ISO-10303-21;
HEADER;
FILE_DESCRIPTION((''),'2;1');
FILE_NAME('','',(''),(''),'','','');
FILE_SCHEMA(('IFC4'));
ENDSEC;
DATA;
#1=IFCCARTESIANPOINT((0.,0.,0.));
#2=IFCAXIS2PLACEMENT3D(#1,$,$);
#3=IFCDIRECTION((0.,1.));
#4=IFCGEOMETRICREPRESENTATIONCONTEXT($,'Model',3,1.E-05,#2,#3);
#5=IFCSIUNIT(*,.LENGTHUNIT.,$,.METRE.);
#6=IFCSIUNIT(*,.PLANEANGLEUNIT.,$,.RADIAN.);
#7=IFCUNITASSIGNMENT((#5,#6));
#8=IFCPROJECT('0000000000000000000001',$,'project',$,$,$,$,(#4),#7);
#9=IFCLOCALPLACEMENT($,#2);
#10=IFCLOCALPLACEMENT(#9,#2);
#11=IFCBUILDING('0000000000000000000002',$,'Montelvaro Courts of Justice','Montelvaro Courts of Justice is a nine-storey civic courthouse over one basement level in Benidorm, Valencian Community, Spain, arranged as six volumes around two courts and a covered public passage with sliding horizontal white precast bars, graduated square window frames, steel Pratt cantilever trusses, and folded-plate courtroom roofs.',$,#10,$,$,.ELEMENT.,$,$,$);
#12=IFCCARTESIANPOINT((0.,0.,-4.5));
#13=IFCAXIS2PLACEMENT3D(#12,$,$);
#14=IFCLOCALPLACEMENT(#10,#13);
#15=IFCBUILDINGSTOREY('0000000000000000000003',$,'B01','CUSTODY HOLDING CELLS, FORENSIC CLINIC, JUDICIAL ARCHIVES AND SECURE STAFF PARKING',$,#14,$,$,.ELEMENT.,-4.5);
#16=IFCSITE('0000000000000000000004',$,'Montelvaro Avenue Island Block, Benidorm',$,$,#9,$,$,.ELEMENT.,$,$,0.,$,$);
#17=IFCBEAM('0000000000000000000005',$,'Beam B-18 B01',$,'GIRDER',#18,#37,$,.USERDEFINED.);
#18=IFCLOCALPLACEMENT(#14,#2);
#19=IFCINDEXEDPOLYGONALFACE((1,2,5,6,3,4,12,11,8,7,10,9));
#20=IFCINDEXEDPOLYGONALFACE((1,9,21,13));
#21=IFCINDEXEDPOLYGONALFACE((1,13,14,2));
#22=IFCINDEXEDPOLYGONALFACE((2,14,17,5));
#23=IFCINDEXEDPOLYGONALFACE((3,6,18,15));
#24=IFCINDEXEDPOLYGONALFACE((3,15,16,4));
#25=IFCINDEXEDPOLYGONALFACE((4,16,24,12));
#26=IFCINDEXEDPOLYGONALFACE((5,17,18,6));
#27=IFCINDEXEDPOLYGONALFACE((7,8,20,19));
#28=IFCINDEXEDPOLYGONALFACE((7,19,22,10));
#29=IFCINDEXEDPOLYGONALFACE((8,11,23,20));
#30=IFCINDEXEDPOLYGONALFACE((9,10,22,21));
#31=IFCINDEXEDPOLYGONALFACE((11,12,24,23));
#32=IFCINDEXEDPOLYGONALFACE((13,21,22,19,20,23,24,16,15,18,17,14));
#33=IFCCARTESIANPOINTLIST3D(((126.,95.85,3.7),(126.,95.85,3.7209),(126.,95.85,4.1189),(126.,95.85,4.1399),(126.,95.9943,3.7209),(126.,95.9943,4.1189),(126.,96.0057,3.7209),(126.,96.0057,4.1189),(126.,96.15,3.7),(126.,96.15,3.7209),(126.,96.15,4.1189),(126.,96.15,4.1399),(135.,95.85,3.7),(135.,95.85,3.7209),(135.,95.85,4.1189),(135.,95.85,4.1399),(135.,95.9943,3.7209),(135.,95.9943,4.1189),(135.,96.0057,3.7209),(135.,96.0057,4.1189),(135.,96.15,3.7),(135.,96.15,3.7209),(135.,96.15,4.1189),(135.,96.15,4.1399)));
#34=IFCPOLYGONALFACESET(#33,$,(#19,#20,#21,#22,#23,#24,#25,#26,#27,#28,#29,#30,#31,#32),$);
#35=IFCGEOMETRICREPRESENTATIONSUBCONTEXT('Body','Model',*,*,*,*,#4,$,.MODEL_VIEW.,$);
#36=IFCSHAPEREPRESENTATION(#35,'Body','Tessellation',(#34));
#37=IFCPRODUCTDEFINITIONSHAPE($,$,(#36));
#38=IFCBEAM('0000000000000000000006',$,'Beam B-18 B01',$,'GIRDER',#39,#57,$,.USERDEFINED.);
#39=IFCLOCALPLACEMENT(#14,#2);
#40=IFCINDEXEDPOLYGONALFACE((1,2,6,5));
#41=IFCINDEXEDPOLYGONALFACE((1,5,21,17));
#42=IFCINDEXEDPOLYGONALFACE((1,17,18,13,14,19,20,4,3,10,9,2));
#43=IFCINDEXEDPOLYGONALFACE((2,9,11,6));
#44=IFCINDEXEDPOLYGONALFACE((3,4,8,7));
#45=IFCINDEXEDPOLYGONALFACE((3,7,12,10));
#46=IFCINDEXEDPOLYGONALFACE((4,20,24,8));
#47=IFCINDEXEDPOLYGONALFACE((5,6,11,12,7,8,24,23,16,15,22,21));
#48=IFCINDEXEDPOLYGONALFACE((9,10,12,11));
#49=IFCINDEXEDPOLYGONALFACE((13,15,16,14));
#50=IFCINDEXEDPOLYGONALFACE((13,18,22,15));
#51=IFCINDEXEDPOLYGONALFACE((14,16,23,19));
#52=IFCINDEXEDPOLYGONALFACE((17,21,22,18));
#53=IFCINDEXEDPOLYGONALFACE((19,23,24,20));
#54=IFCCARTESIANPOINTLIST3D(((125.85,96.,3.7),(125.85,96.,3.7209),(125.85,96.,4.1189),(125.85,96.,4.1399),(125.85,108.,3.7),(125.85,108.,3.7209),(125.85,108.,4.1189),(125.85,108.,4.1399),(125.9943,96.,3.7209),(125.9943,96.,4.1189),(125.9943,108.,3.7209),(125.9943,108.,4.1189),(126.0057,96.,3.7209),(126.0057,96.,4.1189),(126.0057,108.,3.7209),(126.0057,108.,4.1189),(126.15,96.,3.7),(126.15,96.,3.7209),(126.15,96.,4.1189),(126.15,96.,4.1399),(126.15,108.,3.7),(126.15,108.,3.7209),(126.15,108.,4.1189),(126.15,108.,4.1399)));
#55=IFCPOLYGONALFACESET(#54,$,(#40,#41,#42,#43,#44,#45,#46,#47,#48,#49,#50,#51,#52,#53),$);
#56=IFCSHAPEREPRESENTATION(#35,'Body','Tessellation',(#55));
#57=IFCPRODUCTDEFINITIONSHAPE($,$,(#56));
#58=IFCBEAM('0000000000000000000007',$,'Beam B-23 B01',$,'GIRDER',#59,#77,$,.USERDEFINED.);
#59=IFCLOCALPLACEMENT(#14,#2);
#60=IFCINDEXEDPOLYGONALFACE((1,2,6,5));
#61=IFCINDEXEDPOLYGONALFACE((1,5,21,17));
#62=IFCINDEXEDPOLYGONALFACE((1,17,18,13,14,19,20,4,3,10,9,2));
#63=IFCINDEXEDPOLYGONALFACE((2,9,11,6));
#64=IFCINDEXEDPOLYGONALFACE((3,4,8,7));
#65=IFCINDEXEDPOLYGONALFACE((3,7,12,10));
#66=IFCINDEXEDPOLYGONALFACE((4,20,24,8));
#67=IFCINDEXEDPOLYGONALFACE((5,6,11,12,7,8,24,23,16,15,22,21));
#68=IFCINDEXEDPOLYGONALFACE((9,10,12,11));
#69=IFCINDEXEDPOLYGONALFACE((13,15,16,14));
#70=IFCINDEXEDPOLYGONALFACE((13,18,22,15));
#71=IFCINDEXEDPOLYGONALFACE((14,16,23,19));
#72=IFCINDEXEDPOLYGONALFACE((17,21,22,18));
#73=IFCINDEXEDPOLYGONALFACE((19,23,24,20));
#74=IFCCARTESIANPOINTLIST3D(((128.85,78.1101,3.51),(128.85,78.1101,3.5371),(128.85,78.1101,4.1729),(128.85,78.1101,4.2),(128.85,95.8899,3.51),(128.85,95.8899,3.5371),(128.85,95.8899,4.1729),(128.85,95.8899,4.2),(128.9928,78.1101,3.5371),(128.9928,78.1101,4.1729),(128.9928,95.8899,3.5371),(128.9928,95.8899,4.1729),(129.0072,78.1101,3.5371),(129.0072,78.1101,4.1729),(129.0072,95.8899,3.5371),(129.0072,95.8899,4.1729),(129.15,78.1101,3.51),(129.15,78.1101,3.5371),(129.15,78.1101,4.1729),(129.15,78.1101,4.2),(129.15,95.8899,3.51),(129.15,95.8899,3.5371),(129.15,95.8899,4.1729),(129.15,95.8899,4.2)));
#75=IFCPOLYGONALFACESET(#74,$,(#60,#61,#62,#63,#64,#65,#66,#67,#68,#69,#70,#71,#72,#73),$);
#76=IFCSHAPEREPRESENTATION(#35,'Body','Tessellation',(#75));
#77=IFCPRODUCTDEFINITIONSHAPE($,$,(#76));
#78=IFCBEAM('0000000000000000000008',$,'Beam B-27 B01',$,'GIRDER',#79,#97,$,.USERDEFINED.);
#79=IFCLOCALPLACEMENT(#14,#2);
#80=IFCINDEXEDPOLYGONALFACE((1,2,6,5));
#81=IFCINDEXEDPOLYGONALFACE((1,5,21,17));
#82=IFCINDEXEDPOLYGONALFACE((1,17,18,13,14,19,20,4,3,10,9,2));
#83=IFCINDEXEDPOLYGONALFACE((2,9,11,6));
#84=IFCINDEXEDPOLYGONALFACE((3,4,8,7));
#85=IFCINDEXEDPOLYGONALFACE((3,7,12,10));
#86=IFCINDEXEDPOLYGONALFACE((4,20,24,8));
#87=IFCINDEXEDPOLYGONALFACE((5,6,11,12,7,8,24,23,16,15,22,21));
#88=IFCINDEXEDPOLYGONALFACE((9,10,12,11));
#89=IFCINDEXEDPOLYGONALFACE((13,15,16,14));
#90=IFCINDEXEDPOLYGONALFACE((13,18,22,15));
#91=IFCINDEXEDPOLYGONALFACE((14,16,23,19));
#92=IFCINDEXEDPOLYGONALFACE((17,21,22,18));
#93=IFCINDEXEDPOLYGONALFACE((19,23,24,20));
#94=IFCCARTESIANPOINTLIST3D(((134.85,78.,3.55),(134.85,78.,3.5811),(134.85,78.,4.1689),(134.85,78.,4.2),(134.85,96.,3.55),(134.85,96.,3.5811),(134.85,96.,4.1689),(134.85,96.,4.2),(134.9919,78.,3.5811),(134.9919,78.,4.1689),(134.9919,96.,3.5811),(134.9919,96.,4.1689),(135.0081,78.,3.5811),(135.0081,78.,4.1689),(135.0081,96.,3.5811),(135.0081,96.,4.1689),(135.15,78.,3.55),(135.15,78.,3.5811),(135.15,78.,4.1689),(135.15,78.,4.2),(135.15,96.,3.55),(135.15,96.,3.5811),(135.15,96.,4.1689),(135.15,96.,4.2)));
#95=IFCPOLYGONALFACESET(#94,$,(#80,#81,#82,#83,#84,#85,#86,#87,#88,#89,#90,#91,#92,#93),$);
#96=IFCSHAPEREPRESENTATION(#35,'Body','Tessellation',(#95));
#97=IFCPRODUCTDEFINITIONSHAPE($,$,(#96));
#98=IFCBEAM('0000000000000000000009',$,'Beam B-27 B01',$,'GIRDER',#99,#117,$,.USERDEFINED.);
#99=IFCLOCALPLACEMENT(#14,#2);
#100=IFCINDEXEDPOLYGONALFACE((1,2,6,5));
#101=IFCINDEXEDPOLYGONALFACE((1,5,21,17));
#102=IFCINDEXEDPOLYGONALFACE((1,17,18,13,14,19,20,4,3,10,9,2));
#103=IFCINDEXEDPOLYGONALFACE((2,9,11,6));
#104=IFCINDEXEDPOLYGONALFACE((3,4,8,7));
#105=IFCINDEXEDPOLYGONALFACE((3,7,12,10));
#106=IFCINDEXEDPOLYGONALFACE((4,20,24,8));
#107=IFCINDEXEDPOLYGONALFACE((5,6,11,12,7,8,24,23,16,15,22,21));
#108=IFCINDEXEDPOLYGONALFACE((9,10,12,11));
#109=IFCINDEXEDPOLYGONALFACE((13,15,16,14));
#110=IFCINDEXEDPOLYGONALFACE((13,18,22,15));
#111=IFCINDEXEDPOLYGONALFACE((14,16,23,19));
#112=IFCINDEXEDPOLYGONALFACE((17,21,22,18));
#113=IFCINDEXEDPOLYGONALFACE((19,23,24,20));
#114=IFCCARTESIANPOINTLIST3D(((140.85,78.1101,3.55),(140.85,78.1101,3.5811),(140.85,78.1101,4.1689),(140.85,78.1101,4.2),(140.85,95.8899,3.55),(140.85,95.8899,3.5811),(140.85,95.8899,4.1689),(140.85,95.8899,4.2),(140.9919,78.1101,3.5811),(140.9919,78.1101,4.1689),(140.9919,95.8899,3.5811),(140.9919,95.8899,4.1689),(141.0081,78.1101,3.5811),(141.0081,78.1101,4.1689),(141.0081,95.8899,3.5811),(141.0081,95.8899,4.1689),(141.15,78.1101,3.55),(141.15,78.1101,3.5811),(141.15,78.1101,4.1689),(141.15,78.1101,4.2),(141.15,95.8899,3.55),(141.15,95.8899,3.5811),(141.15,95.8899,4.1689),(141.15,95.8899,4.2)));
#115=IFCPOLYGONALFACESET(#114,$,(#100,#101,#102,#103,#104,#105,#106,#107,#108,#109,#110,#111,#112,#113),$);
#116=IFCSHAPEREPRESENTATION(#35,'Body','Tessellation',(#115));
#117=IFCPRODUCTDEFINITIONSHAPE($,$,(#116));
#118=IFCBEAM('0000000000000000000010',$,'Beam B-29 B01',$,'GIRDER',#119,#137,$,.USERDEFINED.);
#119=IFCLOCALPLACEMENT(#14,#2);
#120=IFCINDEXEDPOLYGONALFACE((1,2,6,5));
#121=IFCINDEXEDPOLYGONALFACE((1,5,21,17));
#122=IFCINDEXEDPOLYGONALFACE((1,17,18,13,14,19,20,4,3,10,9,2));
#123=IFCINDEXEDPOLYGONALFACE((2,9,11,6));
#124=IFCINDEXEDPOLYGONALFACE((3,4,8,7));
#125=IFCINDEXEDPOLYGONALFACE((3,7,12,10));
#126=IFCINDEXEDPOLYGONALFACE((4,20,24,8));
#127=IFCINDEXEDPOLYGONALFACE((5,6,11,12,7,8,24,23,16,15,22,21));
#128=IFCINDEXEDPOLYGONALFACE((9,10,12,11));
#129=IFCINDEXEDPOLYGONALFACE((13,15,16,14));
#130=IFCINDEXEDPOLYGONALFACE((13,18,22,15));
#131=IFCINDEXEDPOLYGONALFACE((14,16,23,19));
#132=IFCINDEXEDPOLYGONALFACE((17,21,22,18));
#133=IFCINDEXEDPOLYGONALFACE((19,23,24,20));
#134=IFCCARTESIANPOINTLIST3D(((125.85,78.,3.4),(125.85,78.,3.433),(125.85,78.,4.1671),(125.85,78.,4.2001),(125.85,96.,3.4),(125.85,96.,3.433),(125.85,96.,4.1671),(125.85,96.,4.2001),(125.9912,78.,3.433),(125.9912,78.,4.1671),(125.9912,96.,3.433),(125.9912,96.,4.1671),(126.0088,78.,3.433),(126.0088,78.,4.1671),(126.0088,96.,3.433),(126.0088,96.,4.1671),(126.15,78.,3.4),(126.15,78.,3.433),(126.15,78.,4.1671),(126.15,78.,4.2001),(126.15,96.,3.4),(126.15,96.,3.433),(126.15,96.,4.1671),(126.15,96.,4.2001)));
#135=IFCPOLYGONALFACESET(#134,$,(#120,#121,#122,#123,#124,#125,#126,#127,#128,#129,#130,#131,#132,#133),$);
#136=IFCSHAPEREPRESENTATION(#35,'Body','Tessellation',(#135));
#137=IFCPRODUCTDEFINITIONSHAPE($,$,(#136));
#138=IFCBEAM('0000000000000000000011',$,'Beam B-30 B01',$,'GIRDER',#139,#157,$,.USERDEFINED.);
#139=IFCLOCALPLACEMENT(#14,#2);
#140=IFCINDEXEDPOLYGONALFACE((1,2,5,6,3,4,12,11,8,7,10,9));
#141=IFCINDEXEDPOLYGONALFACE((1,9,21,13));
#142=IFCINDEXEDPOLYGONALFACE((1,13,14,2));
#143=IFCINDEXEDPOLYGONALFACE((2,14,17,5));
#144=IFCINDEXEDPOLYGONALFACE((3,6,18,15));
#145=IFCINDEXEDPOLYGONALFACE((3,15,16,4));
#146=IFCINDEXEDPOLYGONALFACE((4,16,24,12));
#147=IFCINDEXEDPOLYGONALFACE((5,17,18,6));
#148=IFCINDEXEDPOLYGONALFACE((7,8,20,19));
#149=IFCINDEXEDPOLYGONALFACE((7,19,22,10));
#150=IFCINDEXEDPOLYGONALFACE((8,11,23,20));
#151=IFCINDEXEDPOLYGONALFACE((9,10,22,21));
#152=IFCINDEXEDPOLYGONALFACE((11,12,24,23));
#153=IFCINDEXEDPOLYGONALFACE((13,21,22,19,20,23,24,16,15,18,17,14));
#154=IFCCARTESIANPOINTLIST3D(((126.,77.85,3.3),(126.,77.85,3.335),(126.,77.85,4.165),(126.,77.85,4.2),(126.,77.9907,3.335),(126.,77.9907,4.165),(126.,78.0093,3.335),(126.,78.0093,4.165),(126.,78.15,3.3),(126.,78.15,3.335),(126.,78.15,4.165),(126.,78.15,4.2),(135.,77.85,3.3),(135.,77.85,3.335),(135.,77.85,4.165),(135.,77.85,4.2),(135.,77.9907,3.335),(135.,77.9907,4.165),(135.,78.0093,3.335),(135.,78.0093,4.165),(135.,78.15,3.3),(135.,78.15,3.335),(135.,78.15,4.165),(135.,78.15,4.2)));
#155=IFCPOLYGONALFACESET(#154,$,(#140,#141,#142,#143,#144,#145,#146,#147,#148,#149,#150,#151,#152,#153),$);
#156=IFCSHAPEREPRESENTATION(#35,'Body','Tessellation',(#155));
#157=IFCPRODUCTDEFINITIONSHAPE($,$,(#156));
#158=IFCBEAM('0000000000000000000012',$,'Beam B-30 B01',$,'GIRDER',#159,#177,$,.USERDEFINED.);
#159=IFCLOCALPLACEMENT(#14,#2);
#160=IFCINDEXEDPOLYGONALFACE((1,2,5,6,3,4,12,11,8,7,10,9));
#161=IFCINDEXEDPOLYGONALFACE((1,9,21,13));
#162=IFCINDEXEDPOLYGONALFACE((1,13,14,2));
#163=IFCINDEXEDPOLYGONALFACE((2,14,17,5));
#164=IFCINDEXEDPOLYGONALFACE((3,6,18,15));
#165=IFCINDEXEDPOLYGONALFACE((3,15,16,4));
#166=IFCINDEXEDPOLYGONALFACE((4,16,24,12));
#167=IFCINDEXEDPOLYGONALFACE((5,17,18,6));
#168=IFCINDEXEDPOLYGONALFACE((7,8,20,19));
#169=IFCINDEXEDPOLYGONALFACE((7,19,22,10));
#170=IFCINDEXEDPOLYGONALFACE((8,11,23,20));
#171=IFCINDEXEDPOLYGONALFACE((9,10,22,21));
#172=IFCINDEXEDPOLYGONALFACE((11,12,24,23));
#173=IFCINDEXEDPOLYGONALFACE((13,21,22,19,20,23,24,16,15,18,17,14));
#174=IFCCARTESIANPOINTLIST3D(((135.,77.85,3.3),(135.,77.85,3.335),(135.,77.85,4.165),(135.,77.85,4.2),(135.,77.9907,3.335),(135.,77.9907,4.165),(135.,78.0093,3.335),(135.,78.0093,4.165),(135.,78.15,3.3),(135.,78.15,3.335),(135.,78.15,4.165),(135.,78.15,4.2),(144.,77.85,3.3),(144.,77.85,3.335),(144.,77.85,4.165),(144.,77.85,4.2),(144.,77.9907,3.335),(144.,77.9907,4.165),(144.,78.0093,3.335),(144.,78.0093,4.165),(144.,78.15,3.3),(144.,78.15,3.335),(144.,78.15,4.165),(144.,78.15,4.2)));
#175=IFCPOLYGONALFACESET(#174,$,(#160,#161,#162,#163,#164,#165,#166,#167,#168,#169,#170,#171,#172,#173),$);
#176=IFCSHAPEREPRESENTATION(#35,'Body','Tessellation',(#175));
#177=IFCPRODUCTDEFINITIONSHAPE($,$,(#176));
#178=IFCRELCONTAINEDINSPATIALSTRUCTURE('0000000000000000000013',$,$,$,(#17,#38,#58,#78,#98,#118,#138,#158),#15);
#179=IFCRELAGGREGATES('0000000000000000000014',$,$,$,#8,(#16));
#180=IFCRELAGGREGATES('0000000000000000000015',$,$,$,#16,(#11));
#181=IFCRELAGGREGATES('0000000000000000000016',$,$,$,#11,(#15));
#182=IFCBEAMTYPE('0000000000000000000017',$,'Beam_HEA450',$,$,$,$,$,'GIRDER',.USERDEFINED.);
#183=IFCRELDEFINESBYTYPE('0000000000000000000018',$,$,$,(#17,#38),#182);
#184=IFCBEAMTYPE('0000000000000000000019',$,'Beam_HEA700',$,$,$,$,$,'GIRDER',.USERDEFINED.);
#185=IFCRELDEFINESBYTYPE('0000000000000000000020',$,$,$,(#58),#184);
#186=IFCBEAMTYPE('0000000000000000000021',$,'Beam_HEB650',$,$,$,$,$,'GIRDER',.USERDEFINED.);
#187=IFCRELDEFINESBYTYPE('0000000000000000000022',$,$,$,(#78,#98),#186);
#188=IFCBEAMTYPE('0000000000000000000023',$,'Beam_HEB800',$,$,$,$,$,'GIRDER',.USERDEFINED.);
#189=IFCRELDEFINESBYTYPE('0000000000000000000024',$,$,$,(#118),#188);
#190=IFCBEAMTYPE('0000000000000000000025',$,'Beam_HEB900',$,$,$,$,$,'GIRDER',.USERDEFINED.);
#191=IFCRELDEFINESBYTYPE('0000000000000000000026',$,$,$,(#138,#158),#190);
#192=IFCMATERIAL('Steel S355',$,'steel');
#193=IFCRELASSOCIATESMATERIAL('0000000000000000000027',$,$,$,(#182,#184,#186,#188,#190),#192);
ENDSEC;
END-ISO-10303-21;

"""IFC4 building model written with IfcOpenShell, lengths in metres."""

from ifc_helpers import new_model, si_unit, direction, frame, origin, origin_2d, place, context, subcontext, project, spatial, i_section, extrude, material, material_profile, profile_set, type_object, element, save


model = new_model("IFC4")

# Units and contexts
model_context = context("Model", 3, precision=1e-05, world=origin(), true_north=direction((0.0, 1.0)))
body_context = subcontext(model_context, "Body", "Model", "MODEL_VIEW")
ifc_project = project(units=[si_unit("LENGTHUNIT", "METRE"), si_unit("PLANEANGLEUNIT", "RADIAN")], contexts=[model_context])

# Site, building, storey
site_placement = place(None, origin())
site = spatial("IfcSite", under=ifc_project, at=site_placement, Name="Montelvaro Avenue Island Block, Benidorm", CompositionType="ELEMENT", RefElevation=0.0)
building_placement = place(site_placement, origin())
building = spatial("IfcBuilding", under=site, at=building_placement, Name="Montelvaro Courts of Justice", Description="Montelvaro Courts of Justice is a nine-storey civic courthouse over one basement level in Benidorm, Valencian Community, Spain, arranged as six volumes around two courts and a covered public passage with sliding horizontal white precast bars, graduated square window frames, steel Pratt cantilever trusses, and folded-plate courtroom roofs.", CompositionType="ELEMENT")
storey_placement = place(building_placement, frame((0.0, 0.0, -4.5)))
storey = spatial("IfcBuildingStorey", under=building, at=storey_placement, Name="B01", Description="CUSTODY HOLDING CELLS, FORENSIC CLINIC, JUDICIAL ARCHIVES AND SECURE STAFF PARKING", CompositionType="ELEMENT", Elevation=-4.5)

# Beams
ifc_material_1 = material(Name="Steel S355", Category="steel")
ifc_material_profile_1 = material_profile(ifc_material_1, i_section(OverallWidth=0.3, OverallDepth=0.4399, WebThickness=0.0115, FlangeThickness=0.021, at=origin_2d()), Name="HEA 450")
ifc_profile_set_1 = profile_set([ifc_material_profile_1], Name="Steel S355")
beam_type_1 = type_object("IfcBeamType", Name="Beam_HEA450", ElementType="GIRDER", PredefinedType="USERDEFINED", material=ifc_profile_set_1)
beam_1_placement = place(storey_placement, frame((126.0, 96.0, 3.9199), z_axis=(1.0, 0.0, 0.0), x_axis=(0.0, 1.0, 0.0)))
element("IfcBeam", 1, at=beam_1_placement, inside=storey, type_object=beam_type_1, Name="Beam B-18 B01", ObjectType="GIRDER", PredefinedType="USERDEFINED", context=body_context, shape_type="SweptSolid", body=[
    extrude(i_section(OverallWidth=0.3, OverallDepth=0.4399, WebThickness=0.0115, FlangeThickness=0.021, at=origin_2d()), origin(), (0.0, 0.0, 1.0), 9.0),
])
beam_2_placement = place(storey_placement, frame((126.0, 96.0, 3.9199), z_axis=(0.0, 1.0, 0.0), x_axis=(-1.0, 0.0, 0.0)))
element("IfcBeam", 2, at=beam_2_placement, inside=storey, type_object=beam_type_1, Name="Beam B-18 B01", ObjectType="GIRDER", PredefinedType="USERDEFINED", context=body_context, shape_type="SweptSolid", body=[
    extrude(i_section(OverallWidth=0.3, OverallDepth=0.4399, WebThickness=0.0115, FlangeThickness=0.021, at=origin_2d()), origin(), (0.0, 0.0, 1.0), 12.0),
])
ifc_material_profile_2 = material_profile(ifc_material_1, i_section(OverallWidth=0.3, OverallDepth=0.6899, WebThickness=0.0144, FlangeThickness=0.0271, at=origin_2d()), Name="HEA 700")
ifc_profile_set_2 = profile_set([ifc_material_profile_2], Name="Steel S355")
beam_type_2 = type_object("IfcBeamType", Name="Beam_HEA700", ElementType="GIRDER", PredefinedType="USERDEFINED", material=ifc_profile_set_2)
beam_3_placement = place(storey_placement, frame((129.0, 78.1101, 3.855), z_axis=(0.0, 1.0, 0.0), x_axis=(-1.0, 0.0, 0.0)))
element("IfcBeam", 3, at=beam_3_placement, inside=storey, type_object=beam_type_2, Name="Beam B-23 B01", ObjectType="GIRDER", PredefinedType="USERDEFINED", context=body_context, shape_type="SweptSolid", body=[
    extrude(i_section(OverallWidth=0.3, OverallDepth=0.6899, WebThickness=0.0144, FlangeThickness=0.0271, at=origin_2d()), origin(), (0.0, 0.0, 1.0), 17.7798),
])
ifc_material_profile_3 = material_profile(ifc_material_1, i_section(OverallWidth=0.3, OverallDepth=0.6499, WebThickness=0.0161, FlangeThickness=0.031, at=origin_2d()), Name="HEB 650")
ifc_profile_set_3 = profile_set([ifc_material_profile_3], Name="Steel S355")
beam_type_3 = type_object("IfcBeamType", Name="Beam_HEB650", ElementType="GIRDER", PredefinedType="USERDEFINED", material=ifc_profile_set_3)
beam_4_placement = place(storey_placement, frame((135.0, 78.0, 3.875), z_axis=(0.0, 1.0, 0.0), x_axis=(-1.0, 0.0, 0.0)))
element("IfcBeam", 4, at=beam_4_placement, inside=storey, type_object=beam_type_3, Name="Beam B-27 B01", ObjectType="GIRDER", PredefinedType="USERDEFINED", context=body_context, shape_type="SweptSolid", body=[
    extrude(i_section(OverallWidth=0.3, OverallDepth=0.6499, WebThickness=0.0161, FlangeThickness=0.031, at=origin_2d()), origin(), (0.0, 0.0, 1.0), 18.0),
])
beam_5_placement = place(storey_placement, frame((141.0, 78.1101, 3.875), z_axis=(0.0, 1.0, 0.0), x_axis=(-1.0, 0.0, 0.0)))
element("IfcBeam", 5, at=beam_5_placement, inside=storey, type_object=beam_type_3, Name="Beam B-27 B01", ObjectType="GIRDER", PredefinedType="USERDEFINED", context=body_context, shape_type="SweptSolid", body=[
    extrude(i_section(OverallWidth=0.3, OverallDepth=0.6499, WebThickness=0.0161, FlangeThickness=0.031, at=origin_2d()), origin(), (0.0, 0.0, 1.0), 17.7798),
])
ifc_material_profile_4 = material_profile(ifc_material_1, i_section(OverallWidth=0.3, OverallDepth=0.8, WebThickness=0.0176, FlangeThickness=0.033, at=origin_2d()), Name="HEB 800")
ifc_profile_set_4 = profile_set([ifc_material_profile_4], Name="Steel S355")
beam_type_4 = type_object("IfcBeamType", Name="Beam_HEB800", ElementType="GIRDER", PredefinedType="USERDEFINED", material=ifc_profile_set_4)
beam_6_placement = place(storey_placement, frame((126.0, 78.0, 3.8), z_axis=(0.0, 1.0, 0.0), x_axis=(-1.0, 0.0, 0.0)))
element("IfcBeam", 6, at=beam_6_placement, inside=storey, type_object=beam_type_4, Name="Beam B-29 B01", ObjectType="GIRDER", PredefinedType="USERDEFINED", context=body_context, shape_type="SweptSolid", body=[
    extrude(i_section(OverallWidth=0.3, OverallDepth=0.8, WebThickness=0.0176, FlangeThickness=0.033, at=origin_2d()), origin(), (0.0, 0.0, 1.0), 18.0),
])
ifc_material_profile_5 = material_profile(ifc_material_1, i_section(OverallWidth=0.3, OverallDepth=0.8999, WebThickness=0.0186, FlangeThickness=0.0349, at=origin_2d()), Name="HEB 900")
ifc_profile_set_5 = profile_set([ifc_material_profile_5], Name="Steel S355")
beam_type_5 = type_object("IfcBeamType", Name="Beam_HEB900", ElementType="GIRDER", PredefinedType="USERDEFINED", material=ifc_profile_set_5)
for number, where, z_axis, x_axis, name in (
    (7, (126.0, 78.0, 3.75), (1.0, 0.0, 0.0), (0.0, 1.0, 0.0), "Beam B-30 B01"),
    (8, (135.0, 78.0, 3.75), (1.0, 0.0, 0.0), (0.0, 1.0, 0.0), "Beam B-30 B01"),
):
    element("IfcBeam", number, at=place(storey_placement, frame(where, z_axis=z_axis, x_axis=x_axis)), inside=storey, type_object=beam_type_5, Name=name, ObjectType="GIRDER", PredefinedType="USERDEFINED", context=body_context, shape_type="SweptSolid", body=[
        extrude(i_section(OverallWidth=0.3, OverallDepth=0.8999, WebThickness=0.0186, FlangeThickness=0.0349, at=origin_2d()), origin(), (0.0, 0.0, 1.0), 9.0),
    ])

save(model, "model.ifc")
